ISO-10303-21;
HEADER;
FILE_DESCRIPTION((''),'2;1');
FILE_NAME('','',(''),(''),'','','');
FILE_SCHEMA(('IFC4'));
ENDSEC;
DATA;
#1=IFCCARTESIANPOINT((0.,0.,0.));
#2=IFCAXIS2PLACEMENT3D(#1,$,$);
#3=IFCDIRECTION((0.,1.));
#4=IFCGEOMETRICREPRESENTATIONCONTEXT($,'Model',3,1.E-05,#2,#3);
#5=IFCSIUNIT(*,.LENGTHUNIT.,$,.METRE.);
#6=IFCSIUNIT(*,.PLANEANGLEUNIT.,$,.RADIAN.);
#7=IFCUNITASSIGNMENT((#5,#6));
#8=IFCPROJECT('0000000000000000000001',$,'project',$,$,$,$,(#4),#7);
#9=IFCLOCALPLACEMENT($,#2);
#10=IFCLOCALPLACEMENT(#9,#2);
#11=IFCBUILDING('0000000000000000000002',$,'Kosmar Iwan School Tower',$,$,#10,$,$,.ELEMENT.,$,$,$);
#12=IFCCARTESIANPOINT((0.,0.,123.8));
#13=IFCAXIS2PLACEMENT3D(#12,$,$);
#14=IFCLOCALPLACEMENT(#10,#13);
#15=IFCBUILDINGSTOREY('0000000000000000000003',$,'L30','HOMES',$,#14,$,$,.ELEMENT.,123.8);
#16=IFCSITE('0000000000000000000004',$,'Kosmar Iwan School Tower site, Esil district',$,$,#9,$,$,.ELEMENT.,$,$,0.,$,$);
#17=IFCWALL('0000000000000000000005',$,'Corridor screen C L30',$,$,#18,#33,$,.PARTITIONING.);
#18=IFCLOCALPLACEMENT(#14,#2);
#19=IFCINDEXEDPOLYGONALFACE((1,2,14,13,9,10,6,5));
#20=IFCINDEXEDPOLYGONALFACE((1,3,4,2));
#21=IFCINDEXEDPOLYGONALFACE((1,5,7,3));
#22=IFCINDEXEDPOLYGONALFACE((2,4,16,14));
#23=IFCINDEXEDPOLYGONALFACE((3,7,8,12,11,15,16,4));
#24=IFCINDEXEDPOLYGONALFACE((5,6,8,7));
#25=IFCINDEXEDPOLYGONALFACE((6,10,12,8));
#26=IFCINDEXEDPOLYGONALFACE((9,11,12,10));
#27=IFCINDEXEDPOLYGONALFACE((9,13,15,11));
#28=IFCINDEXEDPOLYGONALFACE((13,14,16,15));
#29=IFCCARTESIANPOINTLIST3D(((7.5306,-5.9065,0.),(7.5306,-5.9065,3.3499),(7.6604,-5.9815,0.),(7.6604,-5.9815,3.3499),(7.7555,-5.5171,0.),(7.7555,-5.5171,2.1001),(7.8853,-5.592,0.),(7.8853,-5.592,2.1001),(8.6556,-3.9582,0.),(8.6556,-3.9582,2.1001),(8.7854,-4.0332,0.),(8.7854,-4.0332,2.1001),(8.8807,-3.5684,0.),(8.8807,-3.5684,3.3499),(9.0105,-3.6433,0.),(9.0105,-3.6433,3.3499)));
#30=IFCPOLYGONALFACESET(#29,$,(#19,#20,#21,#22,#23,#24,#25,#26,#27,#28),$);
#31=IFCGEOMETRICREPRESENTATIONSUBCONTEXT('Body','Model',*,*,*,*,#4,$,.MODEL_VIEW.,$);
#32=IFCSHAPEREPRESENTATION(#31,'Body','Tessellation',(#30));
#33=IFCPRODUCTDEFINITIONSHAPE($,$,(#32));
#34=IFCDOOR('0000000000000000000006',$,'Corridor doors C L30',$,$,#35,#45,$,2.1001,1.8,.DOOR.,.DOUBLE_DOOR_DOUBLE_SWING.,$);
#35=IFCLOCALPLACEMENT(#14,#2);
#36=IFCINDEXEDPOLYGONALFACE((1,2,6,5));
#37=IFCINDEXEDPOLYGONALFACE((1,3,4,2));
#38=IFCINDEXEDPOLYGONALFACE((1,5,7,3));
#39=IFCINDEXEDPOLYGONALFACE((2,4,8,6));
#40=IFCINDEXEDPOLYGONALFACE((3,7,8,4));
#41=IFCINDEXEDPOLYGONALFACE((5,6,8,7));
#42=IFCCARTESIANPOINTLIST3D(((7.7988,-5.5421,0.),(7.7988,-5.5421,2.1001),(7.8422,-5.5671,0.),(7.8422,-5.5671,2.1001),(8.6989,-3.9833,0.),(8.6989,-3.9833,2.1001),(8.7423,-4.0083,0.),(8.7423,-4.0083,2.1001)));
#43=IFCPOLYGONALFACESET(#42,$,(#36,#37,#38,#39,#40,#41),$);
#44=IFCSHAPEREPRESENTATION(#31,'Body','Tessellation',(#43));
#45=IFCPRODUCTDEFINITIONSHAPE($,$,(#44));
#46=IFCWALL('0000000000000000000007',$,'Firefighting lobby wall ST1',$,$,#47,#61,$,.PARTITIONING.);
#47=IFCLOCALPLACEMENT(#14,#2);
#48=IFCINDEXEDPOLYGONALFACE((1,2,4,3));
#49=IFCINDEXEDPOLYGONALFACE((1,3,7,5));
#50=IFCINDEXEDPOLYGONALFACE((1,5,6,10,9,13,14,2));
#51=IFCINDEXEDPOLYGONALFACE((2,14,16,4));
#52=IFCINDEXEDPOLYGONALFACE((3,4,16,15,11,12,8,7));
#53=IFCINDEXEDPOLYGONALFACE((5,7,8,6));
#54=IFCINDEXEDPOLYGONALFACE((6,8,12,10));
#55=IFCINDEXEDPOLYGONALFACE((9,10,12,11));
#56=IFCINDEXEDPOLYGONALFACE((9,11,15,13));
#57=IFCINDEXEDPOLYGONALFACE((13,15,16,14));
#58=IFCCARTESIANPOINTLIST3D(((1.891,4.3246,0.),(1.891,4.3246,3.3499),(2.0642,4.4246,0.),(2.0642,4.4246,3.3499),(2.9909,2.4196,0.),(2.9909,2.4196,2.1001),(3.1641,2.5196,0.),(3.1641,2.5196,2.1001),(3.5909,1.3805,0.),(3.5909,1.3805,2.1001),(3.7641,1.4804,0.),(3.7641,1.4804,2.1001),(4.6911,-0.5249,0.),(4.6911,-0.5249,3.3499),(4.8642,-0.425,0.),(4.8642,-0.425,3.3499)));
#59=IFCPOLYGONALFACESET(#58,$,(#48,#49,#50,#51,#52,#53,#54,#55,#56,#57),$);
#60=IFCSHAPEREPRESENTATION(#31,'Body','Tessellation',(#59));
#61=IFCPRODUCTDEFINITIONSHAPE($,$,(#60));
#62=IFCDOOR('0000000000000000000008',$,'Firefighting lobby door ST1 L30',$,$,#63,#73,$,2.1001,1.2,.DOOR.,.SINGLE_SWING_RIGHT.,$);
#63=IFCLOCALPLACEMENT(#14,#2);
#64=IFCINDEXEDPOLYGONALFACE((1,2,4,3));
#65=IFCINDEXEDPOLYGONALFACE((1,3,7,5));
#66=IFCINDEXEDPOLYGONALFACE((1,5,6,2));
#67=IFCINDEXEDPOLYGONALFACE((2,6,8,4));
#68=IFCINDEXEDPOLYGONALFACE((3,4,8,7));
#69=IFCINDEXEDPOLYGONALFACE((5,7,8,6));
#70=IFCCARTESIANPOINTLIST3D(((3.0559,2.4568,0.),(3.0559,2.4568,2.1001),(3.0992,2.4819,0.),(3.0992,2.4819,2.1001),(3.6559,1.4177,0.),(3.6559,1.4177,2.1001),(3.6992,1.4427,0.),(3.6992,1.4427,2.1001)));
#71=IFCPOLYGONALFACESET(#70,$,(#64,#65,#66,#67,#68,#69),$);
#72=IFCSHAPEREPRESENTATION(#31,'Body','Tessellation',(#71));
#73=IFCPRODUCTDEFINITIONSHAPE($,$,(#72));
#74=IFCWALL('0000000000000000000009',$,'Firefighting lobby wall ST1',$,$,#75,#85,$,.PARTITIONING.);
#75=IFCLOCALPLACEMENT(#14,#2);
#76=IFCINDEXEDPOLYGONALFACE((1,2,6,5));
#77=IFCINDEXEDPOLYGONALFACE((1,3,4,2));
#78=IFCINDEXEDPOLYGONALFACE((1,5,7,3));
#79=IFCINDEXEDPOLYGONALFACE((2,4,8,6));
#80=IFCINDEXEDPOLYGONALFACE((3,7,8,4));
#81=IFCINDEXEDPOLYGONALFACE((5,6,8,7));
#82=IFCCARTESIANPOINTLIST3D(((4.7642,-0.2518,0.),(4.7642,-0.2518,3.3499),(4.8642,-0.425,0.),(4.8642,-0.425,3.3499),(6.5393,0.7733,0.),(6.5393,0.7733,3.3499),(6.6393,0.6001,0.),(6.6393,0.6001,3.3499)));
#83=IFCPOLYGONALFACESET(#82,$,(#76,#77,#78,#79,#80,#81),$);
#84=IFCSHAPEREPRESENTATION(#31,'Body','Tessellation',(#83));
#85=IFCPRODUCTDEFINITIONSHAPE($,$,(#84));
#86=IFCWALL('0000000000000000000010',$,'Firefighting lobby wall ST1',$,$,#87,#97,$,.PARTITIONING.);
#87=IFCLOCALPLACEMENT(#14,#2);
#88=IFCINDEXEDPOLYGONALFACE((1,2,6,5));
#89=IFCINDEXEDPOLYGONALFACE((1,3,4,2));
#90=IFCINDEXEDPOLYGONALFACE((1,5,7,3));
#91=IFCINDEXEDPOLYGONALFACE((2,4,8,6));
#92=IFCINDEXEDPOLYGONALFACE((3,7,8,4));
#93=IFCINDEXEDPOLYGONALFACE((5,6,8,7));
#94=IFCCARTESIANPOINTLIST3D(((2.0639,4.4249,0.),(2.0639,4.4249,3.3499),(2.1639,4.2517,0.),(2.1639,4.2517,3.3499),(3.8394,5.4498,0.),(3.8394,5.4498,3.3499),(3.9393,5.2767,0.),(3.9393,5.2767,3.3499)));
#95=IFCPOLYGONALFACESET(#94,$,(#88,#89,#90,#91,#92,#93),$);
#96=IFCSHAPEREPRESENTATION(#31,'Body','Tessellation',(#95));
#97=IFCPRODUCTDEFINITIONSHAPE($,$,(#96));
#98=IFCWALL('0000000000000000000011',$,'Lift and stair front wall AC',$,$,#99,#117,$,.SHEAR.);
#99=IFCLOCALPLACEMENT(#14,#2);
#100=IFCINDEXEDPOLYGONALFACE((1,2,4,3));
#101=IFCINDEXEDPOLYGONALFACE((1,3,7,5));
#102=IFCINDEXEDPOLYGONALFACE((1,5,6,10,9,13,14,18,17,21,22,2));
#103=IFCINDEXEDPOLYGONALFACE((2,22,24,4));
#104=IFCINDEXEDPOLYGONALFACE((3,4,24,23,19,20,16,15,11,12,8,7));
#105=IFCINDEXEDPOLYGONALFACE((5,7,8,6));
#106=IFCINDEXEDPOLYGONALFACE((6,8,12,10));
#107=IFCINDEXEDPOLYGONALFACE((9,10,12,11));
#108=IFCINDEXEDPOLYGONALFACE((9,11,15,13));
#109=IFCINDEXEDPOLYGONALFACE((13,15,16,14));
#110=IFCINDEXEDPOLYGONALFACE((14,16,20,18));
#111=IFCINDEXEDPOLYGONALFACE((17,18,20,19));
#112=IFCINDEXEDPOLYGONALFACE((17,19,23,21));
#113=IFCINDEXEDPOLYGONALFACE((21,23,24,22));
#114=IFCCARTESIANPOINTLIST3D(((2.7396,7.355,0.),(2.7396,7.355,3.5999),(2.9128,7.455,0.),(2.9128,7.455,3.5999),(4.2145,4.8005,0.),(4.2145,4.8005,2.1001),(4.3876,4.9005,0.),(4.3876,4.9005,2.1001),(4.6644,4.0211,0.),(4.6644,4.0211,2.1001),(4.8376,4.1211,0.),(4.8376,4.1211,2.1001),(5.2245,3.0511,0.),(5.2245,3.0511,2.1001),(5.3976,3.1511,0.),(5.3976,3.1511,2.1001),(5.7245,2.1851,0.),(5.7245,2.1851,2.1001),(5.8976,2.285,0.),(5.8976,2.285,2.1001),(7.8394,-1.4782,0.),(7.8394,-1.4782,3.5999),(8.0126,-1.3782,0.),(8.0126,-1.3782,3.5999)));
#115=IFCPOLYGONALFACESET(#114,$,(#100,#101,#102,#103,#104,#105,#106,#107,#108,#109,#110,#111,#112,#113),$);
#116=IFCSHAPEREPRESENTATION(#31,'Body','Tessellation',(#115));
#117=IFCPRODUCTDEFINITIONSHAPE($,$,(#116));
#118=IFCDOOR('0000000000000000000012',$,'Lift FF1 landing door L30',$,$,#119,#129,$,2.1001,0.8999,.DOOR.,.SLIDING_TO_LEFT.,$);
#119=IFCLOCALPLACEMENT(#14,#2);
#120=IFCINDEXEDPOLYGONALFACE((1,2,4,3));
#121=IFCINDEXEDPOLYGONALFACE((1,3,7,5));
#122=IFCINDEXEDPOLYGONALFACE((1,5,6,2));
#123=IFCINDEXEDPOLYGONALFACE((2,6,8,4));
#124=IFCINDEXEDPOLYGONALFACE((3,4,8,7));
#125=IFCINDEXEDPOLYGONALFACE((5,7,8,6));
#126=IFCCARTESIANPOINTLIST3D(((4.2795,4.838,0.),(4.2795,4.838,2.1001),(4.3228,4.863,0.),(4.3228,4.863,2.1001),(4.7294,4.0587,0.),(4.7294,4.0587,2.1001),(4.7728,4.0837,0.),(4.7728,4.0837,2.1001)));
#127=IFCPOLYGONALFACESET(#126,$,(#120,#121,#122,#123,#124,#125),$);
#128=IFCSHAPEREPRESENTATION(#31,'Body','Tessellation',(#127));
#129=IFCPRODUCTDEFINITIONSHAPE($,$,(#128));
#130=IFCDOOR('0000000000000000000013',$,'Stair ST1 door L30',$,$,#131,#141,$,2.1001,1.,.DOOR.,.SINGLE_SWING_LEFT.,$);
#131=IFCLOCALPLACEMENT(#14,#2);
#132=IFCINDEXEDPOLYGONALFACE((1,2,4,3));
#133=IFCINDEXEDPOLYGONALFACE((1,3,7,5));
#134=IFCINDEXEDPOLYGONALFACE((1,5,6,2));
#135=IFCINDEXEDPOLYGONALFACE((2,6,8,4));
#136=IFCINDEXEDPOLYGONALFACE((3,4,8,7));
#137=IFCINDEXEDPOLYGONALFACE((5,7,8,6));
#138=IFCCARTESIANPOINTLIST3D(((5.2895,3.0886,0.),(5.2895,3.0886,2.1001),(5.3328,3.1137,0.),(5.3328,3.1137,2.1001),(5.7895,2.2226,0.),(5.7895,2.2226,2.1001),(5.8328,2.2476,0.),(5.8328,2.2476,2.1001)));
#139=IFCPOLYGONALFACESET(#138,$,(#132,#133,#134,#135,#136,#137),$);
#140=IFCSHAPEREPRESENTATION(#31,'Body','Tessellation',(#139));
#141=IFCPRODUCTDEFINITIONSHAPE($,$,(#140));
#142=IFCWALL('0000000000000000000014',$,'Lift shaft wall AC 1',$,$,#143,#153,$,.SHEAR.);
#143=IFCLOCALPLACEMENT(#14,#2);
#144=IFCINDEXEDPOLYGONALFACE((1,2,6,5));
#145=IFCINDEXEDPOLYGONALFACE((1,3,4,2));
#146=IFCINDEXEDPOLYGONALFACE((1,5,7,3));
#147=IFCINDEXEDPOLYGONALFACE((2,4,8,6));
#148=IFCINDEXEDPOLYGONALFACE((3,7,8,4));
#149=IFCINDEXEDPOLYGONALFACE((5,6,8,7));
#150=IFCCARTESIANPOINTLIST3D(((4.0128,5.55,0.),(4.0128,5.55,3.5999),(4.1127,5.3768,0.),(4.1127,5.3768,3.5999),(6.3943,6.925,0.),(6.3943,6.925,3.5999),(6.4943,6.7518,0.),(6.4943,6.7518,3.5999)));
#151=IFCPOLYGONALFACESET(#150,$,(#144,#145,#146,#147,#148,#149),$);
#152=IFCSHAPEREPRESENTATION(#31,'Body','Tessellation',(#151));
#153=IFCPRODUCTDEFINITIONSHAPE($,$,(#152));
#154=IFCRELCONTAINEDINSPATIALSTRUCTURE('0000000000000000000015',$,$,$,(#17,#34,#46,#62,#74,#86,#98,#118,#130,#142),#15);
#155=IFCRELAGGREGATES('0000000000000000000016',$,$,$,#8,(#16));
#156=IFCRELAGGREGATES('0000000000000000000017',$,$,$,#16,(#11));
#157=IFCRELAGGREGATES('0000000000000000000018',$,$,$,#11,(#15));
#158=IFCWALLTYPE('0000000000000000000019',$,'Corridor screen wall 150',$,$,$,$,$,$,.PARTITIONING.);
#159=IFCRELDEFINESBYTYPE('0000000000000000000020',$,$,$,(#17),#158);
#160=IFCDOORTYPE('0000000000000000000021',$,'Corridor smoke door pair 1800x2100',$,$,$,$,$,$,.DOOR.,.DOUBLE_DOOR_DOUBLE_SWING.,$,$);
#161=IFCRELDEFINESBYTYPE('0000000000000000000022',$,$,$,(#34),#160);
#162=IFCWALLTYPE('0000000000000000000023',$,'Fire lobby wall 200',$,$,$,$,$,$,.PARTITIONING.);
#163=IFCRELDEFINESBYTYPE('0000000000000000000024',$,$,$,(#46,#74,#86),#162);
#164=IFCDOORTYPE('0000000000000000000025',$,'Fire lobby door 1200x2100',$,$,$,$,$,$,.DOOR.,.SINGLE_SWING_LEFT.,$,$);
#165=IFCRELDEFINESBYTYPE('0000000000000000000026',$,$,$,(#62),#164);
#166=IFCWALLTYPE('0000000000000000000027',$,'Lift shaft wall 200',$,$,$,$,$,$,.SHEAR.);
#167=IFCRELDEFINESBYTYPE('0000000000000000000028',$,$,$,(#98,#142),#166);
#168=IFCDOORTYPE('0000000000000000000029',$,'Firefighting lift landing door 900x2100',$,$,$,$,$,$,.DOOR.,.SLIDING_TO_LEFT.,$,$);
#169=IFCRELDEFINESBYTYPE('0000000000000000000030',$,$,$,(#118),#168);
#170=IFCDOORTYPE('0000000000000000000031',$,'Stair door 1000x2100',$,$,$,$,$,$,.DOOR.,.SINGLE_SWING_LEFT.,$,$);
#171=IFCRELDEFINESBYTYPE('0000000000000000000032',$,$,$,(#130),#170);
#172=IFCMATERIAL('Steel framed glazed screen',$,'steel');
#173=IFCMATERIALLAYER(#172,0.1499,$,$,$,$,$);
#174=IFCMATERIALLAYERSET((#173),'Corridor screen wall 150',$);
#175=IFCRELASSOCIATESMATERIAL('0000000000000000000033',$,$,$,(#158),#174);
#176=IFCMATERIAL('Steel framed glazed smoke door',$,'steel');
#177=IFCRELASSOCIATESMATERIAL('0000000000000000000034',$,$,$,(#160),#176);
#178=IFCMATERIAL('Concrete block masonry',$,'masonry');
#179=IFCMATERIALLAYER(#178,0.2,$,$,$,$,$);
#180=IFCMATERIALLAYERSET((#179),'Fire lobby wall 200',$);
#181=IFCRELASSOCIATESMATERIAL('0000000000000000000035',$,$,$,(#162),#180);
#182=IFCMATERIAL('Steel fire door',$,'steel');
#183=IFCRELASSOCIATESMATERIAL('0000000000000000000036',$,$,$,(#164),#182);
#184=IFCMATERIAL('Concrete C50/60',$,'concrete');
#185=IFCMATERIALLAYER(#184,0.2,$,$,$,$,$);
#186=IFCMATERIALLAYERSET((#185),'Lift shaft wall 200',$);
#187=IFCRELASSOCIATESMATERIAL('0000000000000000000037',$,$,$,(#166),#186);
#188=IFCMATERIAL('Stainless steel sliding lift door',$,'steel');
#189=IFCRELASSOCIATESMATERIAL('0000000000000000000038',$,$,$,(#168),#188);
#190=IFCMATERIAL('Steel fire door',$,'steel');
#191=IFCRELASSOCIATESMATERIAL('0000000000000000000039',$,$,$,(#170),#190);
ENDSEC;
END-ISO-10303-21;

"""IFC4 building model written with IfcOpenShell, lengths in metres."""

from ifc_helpers import new_model, si_unit, direction, frame, frame_2d, origin, place, context, subcontext, project, spatial, rectangle, extrude, material, layer, layer_set, type_object, element, fill, save


model = new_model("IFC4")

# Units and contexts
model_context = context("Model", 3, precision=1e-05, world=origin(), true_north=direction((0.0, 1.0)))
body_context = subcontext(model_context, "Body", "Model", "MODEL_VIEW")
ifc_project = project(units=[si_unit("LENGTHUNIT", "METRE"), si_unit("PLANEANGLEUNIT", "RADIAN")], contexts=[model_context])

# Site, building, storey
site_placement = place(None, origin())
site = spatial("IfcSite", under=ifc_project, at=site_placement, Name="Kosmar Iwan School Tower site, Esil district", CompositionType="ELEMENT", RefElevation=0.0)
building_placement = place(site_placement, origin())
building = spatial("IfcBuilding", under=site, at=building_placement, Name="Kosmar Iwan School Tower", CompositionType="ELEMENT")
storey_placement = place(building_placement, frame((0.0, 0.0, 123.8)))
storey = spatial("IfcBuildingStorey", under=building, at=storey_placement, Name="L30", Description="HOMES", CompositionType="ELEMENT", Elevation=123.8)

# Walls, openings, doors
ifc_material_1 = material(Name="Steel framed glazed screen", Category="steel")
ifc_layer_1 = layer(ifc_material_1, 0.1499)
ifc_layer_set_1 = layer_set([ifc_layer_1], Name="Corridor screen wall 150")
wall_type_1 = type_object("IfcWallType", Name="Corridor screen wall 150", PredefinedType="PARTITIONING", material=ifc_layer_set_1)
wall_1_placement = place(storey_placement, frame((7.5955, -5.9441, 0.0), z_axis=(0.0, 0.0, 1.0), x_axis=(0.500049, 0.865997, 0.0)))
wall_1 = element("IfcWall", 1, at=wall_1_placement, inside=storey, type_object=wall_type_1, Name="Corridor screen C L30", PredefinedType="PARTITIONING", context=body_context, shape_type="SweptSolid", body=[
    extrude(rectangle(XDim=2.7, YDim=0.1499, at=frame_2d((1.3501, 0.0))), origin(), (0.0, 0.0, 1.0), 3.3499),
])
opening_1_placement = place(wall_1_placement, frame((0.45, 0.0, 0.0)))
opening_1 = element("IfcOpeningElement", 2, at=opening_1_placement, cuts=wall_1, PredefinedType="OPENING", context=body_context, shape_type="SweptSolid", body=[
    extrude(rectangle(XDim=1.8, YDim=2.1001, at=frame_2d((0.8999, 1.05))), frame((0.0, 0.0869, 0.0), z_axis=(0.0, -1.0, 0.0), x_axis=(1.0, 0.0, 0.0)), (0.0, 0.0, 1.0), 0.1738),
])
ifc_material_2 = material(Name="Steel framed glazed smoke door", Category="steel")
door_type_1 = type_object("IfcDoorType", Name="Corridor smoke door pair 1800x2100", OperationType="DOUBLE_DOOR_DOUBLE_SWING", PredefinedType="DOOR", material=ifc_material_2)
door_1_placement = place(opening_1_placement, origin())
door_1 = element("IfcDoor", 3, at=door_1_placement, inside=storey, type_object=door_type_1, Name="Corridor doors C L30", OperationType="DOUBLE_DOOR_DOUBLE_SWING", OverallHeight=2.1001, OverallWidth=1.8, PredefinedType="DOOR", context=body_context, shape_type="SweptSolid", body=[
    extrude(rectangle(XDim=1.8, YDim=2.1001, at=frame_2d((0.8999, 1.05))), frame((0.0, 0.0249, 0.0), z_axis=(0.0, -1.0, 0.0), x_axis=(1.0, 0.0, 0.0)), (0.0, 0.0, 1.0), 0.05),
])
fill(opening_1, door_1)
ifc_material_3 = material(Name="Concrete block masonry", Category="masonry")
ifc_layer_2 = layer(ifc_material_3, 0.2)
ifc_layer_set_2 = layer_set([ifc_layer_2], Name="Fire lobby wall 200")
wall_type_2 = type_object("IfcWallType", Name="Fire lobby wall 200", PredefinedType="PARTITIONING", material=ifc_layer_set_2)
wall_2_placement = place(storey_placement, frame((4.7776, -0.4749, 0.0), z_axis=(0.0, 0.0, 1.0), x_axis=(-0.500017, 0.866016, 0.0)))
wall_2 = element("IfcWall", 4, at=wall_2_placement, inside=storey, type_object=wall_type_2, Name="Firefighting lobby wall ST1", PredefinedType="PARTITIONING", context=body_context, shape_type="SweptSolid", body=[
    extrude(rectangle(XDim=5.5999, YDim=0.2, at=frame_2d((2.7998, 0.0))), origin(), (0.0, 0.0, 1.0), 3.3499),
])
opening_2_placement = place(wall_2_placement, frame((2.2, 0.0, 0.0)))
opening_2 = element("IfcOpeningElement", 5, at=opening_2_placement, cuts=wall_2, PredefinedType="OPENING", context=body_context, shape_type="SweptSolid", body=[
    extrude(rectangle(XDim=1.2, YDim=2.1001, at=frame_2d((0.6001, 1.05))), frame((0.0, 0.1121, 0.0), z_axis=(0.0, -1.0, 0.0), x_axis=(1.0, 0.0, 0.0)), (0.0, 0.0, 1.0), 0.2239),
])
ifc_material_4 = material(Name="Steel fire door", Category="steel")
door_type_2 = type_object("IfcDoorType", Name="Fire lobby door 1200x2100", OperationType="SINGLE_SWING_LEFT", PredefinedType="DOOR", material=ifc_material_4)
door_2_placement = place(opening_2_placement, frame((1.2, 0.0, 0.0), z_axis=(0.0, 0.0, 1.0), x_axis=(-1.0, 0.0, 0.0)))
door_2 = element("IfcDoor", 6, at=door_2_placement, inside=storey, type_object=door_type_2, Name="Firefighting lobby door ST1 L30", OperationType="SINGLE_SWING_RIGHT", OverallHeight=2.1001, OverallWidth=1.2, PredefinedType="DOOR", context=body_context, shape_type="SweptSolid", body=[
    extrude(rectangle(XDim=1.2, YDim=2.1001, at=frame_2d((0.6001, 1.05))), frame((0.0, 0.0249, 0.0), z_axis=(0.0, -1.0, 0.0), x_axis=(1.0, 0.0, 0.0)), (0.0, 0.0, 1.0), 0.05),
])
fill(opening_2, door_2)

# Walls
wall_3_placement = place(storey_placement, frame((4.8142, -0.3384, 0.0), z_axis=(0.0, 0.0, 1.0), x_axis=(0.865969, 0.500097, 0.0)))
element("IfcWall", 7, at=wall_3_placement, inside=storey, type_object=wall_type_2, Name="Firefighting lobby wall ST1", PredefinedType="PARTITIONING", context=body_context, shape_type="SweptSolid", body=[
    extrude(rectangle(XDim=2.0498, YDim=0.2, at=frame_2d((1.0249, 0.0))), origin(), (0.0, 0.0, 1.0), 3.3499),
])
wall_4_placement = place(storey_placement, frame((2.114, 4.3384, 0.0), z_axis=(0.0, 0.0, 1.0), x_axis=(0.866051, 0.499956, 0.0)))
element("IfcWall", 8, at=wall_4_placement, inside=storey, type_object=wall_type_2, Name="Firefighting lobby wall ST1", PredefinedType="PARTITIONING", context=body_context, shape_type="SweptSolid", body=[
    extrude(rectangle(XDim=2.05, YDim=0.2, at=frame_2d((1.0249, 0.0))), origin(), (0.0, 0.0, 1.0), 3.3499),
])

# Wall, openings, doors
ifc_material_5 = material(Name="Concrete C50/60", Category="concrete")
ifc_layer_3 = layer(ifc_material_5, 0.2)
ifc_layer_set_3 = layer_set([ifc_layer_3], Name="Lift shaft wall 200")
wall_type_3 = type_object("IfcWallType", Name="Lift shaft wall 200", PredefinedType="SHEAR", material=ifc_layer_set_3)
wall_5_placement = place(storey_placement, frame((7.926, -1.4282, 0.0), z_axis=(0.0, 0.0, 1.0), x_axis=(-0.499998, 0.866027, 0.0)))
wall_5 = element("IfcWall", 9, at=wall_5_placement, inside=storey, type_object=wall_type_3, Name="Lift and stair front wall AC", PredefinedType="SHEAR", context=body_context, shape_type="SweptSolid", body=[
    extrude(rectangle(XDim=10.1997, YDim=0.2, at=frame_2d((5.0999, 0.0))), origin(), (0.0, 0.0, 1.0), 3.5999),
])
opening_3_placement = place(wall_5_placement, frame((6.3501, 0.0, 0.0)))
opening_3 = element("IfcOpeningElement", 10, at=opening_3_placement, cuts=wall_5, PredefinedType="OPENING", context=body_context, shape_type="SweptSolid", body=[
    extrude(rectangle(XDim=0.8999, YDim=2.1001, at=frame_2d((0.45, 1.05))), frame((0.0, 0.1121, 0.0), z_axis=(0.0, -1.0, 0.0), x_axis=(1.0, 0.0, 0.0)), (0.0, 0.0, 1.0), 0.2239),
])
opening_4_placement = place(wall_5_placement, frame((4.23, 0.0, 0.0)))
opening_4 = element("IfcOpeningElement", 11, at=opening_4_placement, cuts=wall_5, PredefinedType="OPENING", context=body_context, shape_type="SweptSolid", body=[
    extrude(rectangle(XDim=1.0, YDim=2.1001, at=frame_2d((0.5, 1.05))), frame((0.0, 0.1121, 0.0), z_axis=(0.0, -1.0, 0.0), x_axis=(1.0, 0.0, 0.0)), (0.0, 0.0, 1.0), 0.2239),
])
ifc_material_6 = material(Name="Stainless steel sliding lift door", Category="steel")
door_type_3 = type_object("IfcDoorType", Name="Firefighting lift landing door 900x2100", OperationType="SLIDING_TO_LEFT", PredefinedType="DOOR", material=ifc_material_6)
door_3_placement = place(opening_3_placement, origin())
door_3 = element("IfcDoor", 12, at=door_3_placement, inside=storey, type_object=door_type_3, Name="Lift FF1 landing door L30", OperationType="SLIDING_TO_LEFT", OverallHeight=2.1001, OverallWidth=0.8999, PredefinedType="DOOR", context=body_context, shape_type="SweptSolid", body=[
    extrude(rectangle(XDim=0.8999, YDim=2.1001, at=frame_2d((0.45, 1.05))), frame((0.0, 0.0249, 0.0), z_axis=(0.0, -1.0, 0.0), x_axis=(1.0, 0.0, 0.0)), (0.0, 0.0, 1.0), 0.05),
])
fill(opening_3, door_3)
ifc_material_7 = material(Name="Steel fire door", Category="steel")
door_type_4 = type_object("IfcDoorType", Name="Stair door 1000x2100", OperationType="SINGLE_SWING_LEFT", PredefinedType="DOOR", material=ifc_material_7)
door_4_placement = place(opening_4_placement, origin())
door_4 = element("IfcDoor", 13, at=door_4_placement, inside=storey, type_object=door_type_4, Name="Stair ST1 door L30", OperationType="SINGLE_SWING_LEFT", OverallHeight=2.1001, OverallWidth=1.0, PredefinedType="DOOR", context=body_context, shape_type="SweptSolid", body=[
    extrude(rectangle(XDim=1.0, YDim=2.1001, at=frame_2d((0.5, 1.05))), frame((0.0, 0.0249, 0.0), z_axis=(0.0, -1.0, 0.0), x_axis=(1.0, 0.0, 0.0)), (0.0, 0.0, 1.0), 0.05),
])
fill(opening_4, door_4)

# Wall
wall_6_placement = place(storey_placement, frame((4.0627, 5.4634, 0.0), z_axis=(0.0, 0.0, 1.0), x_axis=(0.866027, 0.499997, 0.0)))
element("IfcWall", 14, at=wall_6_placement, inside=storey, type_object=wall_type_3, Name="Lift shaft wall AC 1", PredefinedType="SHEAR", context=body_context, shape_type="SweptSolid", body=[
    extrude(rectangle(XDim=2.75, YDim=0.2, at=frame_2d((1.375, 0.0))), origin(), (0.0, 0.0, 1.0), 3.5999),
])

save(model, "model.ifc")
